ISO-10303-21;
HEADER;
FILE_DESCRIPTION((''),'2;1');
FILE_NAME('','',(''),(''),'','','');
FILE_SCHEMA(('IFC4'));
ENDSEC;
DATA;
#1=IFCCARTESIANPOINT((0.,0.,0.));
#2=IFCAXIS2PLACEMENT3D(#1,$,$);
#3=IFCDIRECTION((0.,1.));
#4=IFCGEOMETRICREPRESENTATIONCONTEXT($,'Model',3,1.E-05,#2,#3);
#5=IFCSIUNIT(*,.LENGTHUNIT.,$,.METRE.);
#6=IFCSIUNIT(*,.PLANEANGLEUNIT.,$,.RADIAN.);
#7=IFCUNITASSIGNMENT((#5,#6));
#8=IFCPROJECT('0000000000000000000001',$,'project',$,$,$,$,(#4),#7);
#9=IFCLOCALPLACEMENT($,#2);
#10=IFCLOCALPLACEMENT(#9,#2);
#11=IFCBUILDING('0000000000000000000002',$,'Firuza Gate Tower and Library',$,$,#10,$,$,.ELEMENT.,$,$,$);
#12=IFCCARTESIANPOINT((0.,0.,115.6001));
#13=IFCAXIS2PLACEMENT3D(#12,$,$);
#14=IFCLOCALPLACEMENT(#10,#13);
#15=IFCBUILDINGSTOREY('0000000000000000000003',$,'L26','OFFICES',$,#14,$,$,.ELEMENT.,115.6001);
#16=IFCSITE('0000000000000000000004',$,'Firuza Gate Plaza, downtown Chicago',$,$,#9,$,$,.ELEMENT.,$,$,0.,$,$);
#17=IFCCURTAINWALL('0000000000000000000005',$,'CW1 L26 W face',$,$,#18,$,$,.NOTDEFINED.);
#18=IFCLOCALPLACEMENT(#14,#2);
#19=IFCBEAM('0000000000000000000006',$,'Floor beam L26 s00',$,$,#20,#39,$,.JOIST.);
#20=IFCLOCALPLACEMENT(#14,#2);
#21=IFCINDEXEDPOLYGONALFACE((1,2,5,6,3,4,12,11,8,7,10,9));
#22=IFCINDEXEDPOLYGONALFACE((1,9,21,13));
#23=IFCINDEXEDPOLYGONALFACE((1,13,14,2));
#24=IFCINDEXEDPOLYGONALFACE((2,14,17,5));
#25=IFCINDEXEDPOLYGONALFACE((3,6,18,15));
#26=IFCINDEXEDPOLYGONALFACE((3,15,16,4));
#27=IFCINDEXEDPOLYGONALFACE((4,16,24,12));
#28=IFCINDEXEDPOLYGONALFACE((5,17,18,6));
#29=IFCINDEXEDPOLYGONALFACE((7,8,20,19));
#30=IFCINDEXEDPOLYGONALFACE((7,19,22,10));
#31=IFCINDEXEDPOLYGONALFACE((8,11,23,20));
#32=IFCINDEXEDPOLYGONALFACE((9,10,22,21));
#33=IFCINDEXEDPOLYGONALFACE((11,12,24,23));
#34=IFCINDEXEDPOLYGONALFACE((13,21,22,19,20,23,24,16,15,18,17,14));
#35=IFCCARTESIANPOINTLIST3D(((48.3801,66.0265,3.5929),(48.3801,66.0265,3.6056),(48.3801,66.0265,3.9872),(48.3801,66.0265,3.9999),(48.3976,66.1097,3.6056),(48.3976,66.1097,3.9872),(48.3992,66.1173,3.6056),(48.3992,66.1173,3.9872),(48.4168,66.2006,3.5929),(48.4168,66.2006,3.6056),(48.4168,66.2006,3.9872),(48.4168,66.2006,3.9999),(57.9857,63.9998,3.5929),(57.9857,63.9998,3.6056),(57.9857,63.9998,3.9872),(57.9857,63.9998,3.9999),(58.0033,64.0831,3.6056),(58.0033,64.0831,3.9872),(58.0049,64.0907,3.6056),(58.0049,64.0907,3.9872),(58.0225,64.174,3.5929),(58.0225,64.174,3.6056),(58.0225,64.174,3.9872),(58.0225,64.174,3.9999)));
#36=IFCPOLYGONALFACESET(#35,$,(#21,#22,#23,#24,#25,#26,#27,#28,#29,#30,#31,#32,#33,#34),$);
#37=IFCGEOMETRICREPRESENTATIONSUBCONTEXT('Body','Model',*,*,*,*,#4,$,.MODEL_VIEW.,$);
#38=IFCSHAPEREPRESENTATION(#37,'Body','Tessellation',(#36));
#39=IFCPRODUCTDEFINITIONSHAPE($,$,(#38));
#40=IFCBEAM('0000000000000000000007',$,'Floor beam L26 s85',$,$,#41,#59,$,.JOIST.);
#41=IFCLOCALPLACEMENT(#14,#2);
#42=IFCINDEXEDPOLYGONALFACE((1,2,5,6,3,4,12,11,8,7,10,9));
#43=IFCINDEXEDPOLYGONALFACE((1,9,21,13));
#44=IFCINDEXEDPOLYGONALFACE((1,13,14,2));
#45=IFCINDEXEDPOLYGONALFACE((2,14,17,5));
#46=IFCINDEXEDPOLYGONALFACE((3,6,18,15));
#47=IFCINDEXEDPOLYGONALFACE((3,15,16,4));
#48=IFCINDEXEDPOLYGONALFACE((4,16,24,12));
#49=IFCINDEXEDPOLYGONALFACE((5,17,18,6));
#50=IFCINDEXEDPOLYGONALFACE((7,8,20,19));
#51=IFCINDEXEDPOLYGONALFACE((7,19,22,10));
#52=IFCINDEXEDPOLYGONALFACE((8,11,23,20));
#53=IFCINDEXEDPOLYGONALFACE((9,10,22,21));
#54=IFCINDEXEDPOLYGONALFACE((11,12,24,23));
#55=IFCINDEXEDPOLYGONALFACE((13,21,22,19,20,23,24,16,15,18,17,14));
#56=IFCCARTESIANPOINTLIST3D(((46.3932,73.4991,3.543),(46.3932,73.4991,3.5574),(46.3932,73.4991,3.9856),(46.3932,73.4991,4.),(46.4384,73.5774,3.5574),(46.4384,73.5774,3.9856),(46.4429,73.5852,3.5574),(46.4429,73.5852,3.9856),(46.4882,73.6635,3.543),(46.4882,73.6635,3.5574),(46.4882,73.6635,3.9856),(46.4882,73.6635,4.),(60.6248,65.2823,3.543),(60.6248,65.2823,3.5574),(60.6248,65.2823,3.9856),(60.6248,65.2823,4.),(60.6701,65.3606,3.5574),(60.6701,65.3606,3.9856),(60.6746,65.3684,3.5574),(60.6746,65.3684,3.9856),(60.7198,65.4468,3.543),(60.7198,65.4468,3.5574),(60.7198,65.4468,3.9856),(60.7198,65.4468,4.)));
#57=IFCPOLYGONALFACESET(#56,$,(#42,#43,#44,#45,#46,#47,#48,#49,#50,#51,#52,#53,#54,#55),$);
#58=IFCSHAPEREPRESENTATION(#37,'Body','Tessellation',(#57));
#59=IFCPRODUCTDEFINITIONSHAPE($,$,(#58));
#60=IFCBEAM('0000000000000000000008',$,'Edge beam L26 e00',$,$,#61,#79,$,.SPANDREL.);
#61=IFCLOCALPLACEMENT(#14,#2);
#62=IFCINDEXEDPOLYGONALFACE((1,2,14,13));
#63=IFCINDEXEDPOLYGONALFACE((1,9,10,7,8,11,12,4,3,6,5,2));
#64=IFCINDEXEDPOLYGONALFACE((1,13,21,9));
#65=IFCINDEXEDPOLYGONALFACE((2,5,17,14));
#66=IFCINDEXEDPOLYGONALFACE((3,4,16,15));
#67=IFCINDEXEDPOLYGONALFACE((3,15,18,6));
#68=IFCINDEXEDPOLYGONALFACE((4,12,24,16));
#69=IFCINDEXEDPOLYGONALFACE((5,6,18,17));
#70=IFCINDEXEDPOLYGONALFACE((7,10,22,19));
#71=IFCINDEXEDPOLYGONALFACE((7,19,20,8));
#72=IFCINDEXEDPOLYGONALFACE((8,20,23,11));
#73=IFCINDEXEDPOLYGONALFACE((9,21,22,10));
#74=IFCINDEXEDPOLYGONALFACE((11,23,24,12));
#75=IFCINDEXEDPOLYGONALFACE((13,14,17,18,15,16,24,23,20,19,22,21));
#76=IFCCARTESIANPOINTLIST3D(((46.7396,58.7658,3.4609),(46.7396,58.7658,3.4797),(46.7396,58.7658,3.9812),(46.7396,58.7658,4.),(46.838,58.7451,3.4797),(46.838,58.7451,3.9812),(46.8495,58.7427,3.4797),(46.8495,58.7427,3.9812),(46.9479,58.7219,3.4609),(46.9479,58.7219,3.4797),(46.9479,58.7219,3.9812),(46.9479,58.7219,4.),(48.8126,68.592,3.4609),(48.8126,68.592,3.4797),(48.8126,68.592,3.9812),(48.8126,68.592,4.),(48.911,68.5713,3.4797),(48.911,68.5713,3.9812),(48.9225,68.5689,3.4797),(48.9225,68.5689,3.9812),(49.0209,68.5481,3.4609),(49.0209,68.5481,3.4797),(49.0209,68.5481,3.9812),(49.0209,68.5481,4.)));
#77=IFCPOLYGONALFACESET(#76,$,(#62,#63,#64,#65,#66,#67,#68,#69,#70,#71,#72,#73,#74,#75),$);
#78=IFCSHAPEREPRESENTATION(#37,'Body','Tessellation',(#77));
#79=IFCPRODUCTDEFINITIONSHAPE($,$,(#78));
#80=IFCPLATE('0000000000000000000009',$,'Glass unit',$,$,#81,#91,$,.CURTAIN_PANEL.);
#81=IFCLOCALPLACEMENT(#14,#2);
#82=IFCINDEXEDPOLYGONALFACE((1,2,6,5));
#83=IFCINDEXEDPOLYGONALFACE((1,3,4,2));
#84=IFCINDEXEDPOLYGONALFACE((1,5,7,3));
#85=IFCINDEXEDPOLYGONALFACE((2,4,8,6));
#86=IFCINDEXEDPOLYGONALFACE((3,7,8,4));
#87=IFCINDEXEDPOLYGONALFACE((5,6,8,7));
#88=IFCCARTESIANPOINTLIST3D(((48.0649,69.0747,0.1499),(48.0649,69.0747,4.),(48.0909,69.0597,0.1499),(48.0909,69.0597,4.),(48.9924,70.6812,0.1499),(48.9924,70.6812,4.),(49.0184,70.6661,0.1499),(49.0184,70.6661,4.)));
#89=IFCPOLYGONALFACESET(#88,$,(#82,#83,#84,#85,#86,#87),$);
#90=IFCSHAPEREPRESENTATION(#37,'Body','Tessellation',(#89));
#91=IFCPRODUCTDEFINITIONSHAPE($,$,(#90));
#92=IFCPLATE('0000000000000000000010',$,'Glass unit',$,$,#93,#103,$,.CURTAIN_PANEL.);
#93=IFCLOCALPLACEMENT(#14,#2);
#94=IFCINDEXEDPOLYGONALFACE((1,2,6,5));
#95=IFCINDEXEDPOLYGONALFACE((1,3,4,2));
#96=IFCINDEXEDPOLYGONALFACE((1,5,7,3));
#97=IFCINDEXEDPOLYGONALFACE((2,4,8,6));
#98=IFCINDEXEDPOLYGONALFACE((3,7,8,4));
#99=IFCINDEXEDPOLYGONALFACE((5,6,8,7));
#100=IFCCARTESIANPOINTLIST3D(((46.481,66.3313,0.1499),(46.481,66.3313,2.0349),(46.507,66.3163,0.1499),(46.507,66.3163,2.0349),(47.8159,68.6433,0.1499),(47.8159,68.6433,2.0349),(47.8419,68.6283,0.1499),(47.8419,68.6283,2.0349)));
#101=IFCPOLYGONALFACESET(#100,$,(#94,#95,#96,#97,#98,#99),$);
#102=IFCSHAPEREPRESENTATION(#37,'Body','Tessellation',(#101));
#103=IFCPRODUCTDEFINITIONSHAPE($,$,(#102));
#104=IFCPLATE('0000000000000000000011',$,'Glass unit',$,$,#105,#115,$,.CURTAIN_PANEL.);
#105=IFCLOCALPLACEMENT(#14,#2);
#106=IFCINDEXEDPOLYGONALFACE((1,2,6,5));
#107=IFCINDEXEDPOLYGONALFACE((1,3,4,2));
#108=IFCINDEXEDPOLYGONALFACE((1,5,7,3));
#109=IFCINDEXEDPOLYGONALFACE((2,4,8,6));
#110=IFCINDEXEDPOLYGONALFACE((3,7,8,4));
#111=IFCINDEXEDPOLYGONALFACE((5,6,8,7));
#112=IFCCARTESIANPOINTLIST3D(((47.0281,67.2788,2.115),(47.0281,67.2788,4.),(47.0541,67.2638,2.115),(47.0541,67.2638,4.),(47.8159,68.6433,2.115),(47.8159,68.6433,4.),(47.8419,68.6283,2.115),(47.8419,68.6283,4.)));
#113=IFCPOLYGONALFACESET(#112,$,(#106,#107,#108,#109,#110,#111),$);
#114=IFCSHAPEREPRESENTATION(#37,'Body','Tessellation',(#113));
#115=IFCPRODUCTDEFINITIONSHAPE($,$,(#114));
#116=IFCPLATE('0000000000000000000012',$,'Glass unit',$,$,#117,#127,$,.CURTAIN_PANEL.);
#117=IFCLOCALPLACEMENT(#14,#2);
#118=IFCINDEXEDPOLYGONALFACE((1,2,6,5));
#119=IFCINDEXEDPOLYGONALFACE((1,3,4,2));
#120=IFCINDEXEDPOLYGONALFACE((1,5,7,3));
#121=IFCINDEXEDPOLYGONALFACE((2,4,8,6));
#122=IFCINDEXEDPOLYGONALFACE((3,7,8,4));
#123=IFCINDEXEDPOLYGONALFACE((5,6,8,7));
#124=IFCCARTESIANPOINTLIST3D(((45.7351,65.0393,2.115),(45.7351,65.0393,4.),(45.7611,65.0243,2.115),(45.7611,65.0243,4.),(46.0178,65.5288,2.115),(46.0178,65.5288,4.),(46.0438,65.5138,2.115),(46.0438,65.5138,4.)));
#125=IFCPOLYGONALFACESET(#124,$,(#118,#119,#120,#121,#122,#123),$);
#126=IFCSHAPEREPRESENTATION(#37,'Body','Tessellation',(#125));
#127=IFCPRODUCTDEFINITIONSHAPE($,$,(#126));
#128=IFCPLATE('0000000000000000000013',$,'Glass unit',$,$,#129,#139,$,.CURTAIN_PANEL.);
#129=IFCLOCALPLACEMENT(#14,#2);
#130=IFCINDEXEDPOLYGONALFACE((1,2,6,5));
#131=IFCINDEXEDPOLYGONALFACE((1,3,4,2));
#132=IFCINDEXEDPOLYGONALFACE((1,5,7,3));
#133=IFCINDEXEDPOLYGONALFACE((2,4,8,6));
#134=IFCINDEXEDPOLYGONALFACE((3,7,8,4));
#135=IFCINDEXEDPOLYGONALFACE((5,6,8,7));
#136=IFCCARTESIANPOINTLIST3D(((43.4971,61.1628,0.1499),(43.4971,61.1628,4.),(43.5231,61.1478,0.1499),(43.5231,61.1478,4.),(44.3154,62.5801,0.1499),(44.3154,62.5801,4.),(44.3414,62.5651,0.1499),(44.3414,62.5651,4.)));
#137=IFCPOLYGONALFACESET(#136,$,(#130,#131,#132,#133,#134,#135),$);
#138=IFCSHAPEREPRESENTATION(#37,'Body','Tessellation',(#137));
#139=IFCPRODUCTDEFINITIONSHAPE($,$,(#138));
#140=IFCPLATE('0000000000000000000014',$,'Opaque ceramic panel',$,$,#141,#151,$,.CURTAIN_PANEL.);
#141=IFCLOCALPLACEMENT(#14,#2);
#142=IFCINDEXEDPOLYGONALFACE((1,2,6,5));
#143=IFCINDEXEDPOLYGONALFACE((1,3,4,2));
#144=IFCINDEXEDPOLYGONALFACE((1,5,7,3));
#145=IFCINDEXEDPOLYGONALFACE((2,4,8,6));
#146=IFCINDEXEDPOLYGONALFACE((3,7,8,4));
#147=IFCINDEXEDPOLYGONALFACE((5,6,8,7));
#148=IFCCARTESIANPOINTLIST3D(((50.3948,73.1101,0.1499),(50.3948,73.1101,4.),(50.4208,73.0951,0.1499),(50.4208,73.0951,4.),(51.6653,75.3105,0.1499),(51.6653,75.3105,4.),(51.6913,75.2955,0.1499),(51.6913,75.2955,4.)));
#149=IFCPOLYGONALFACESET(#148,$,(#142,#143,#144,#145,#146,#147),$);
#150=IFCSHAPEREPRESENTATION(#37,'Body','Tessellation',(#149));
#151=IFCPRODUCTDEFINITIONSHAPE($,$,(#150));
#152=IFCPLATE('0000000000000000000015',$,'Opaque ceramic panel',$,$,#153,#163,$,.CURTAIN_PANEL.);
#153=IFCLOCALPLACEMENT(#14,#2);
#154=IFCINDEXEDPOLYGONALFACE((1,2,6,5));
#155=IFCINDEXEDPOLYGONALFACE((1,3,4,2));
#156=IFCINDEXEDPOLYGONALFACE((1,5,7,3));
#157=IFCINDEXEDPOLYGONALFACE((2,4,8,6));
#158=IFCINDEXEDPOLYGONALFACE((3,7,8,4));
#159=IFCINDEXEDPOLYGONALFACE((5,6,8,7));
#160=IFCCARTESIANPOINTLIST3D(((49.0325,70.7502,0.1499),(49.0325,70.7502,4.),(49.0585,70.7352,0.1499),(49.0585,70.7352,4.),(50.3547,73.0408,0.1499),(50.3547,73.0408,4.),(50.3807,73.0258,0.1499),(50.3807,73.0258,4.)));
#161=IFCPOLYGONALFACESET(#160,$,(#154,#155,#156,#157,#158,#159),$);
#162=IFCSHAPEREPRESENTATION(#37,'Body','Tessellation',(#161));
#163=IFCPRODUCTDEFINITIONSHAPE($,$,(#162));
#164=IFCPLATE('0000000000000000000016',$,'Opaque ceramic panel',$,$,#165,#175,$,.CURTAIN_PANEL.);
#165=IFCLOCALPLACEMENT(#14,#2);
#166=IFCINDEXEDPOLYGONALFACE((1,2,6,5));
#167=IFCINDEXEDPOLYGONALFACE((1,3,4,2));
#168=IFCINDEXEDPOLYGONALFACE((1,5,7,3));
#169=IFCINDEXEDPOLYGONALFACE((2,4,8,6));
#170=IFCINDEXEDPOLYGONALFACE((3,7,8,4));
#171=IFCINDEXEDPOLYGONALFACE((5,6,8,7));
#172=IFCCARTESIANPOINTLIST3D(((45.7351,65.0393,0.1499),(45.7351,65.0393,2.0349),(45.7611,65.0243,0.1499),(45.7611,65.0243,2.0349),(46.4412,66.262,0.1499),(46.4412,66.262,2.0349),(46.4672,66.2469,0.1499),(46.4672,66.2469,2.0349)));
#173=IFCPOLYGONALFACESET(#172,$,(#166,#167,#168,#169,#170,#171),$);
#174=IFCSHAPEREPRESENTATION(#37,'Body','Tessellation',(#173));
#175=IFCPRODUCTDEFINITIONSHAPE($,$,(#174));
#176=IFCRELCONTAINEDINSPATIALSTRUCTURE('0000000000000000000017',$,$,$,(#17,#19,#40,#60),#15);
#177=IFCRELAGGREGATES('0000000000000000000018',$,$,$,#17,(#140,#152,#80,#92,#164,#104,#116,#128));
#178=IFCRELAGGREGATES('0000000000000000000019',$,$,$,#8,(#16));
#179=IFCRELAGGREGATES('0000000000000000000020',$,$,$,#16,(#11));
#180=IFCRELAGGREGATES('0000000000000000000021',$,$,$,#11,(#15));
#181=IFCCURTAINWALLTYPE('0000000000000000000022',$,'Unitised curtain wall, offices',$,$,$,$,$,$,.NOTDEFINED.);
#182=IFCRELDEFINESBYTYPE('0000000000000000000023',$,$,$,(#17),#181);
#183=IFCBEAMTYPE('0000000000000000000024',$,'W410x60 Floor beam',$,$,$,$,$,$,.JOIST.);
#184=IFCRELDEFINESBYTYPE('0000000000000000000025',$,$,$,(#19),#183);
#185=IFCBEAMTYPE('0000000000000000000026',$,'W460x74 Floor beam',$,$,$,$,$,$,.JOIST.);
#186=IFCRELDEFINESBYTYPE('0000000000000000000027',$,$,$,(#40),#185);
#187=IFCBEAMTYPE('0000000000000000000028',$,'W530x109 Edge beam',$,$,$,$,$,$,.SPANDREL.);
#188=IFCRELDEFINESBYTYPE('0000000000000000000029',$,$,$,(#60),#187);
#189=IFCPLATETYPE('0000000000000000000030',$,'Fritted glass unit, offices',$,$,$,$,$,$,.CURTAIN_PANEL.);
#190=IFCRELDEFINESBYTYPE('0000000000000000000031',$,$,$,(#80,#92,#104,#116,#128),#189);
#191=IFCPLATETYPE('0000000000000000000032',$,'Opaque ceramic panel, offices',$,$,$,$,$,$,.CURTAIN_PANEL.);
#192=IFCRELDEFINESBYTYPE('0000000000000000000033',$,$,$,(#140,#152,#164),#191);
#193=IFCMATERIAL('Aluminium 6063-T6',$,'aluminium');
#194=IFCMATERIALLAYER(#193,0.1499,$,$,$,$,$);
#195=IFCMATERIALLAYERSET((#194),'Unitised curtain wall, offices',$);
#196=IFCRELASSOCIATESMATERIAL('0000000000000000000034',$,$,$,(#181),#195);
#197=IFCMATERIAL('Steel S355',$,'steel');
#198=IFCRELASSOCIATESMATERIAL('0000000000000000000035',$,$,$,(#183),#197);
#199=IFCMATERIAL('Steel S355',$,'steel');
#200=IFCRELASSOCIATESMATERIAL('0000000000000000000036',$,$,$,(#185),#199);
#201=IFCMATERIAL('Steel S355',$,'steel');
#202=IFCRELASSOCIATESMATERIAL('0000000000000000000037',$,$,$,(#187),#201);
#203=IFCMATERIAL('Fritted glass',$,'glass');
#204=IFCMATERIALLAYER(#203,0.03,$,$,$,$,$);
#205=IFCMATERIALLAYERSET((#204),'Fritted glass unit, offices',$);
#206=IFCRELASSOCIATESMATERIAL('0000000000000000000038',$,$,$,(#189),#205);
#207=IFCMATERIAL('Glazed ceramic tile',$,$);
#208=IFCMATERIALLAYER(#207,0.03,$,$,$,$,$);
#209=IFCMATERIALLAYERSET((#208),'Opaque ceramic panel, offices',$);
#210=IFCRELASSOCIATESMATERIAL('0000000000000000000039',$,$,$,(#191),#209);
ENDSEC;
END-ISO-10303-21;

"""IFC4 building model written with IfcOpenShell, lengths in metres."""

from ifc_helpers import new_model, si_unit, direction, frame, origin, origin_2d, place, context, subcontext, project, spatial, polyline, i_section, outline, extrude, material, layer, layer_set, material_profile, profile_set, type_object, element, aggregate, save


model = new_model("IFC4")

# Units and contexts
model_context = context("Model", 3, precision=1e-05, world=origin(), true_north=direction((0.0, 1.0)))
body_context = subcontext(model_context, "Body", "Model", "MODEL_VIEW")
ifc_project = project(units=[si_unit("LENGTHUNIT", "METRE"), si_unit("PLANEANGLEUNIT", "RADIAN")], contexts=[model_context])

# Site, building, storey
site_placement = place(None, origin())
site = spatial("IfcSite", under=ifc_project, at=site_placement, Name="Firuza Gate Plaza, downtown Chicago", CompositionType="ELEMENT", RefElevation=0.0)
building_placement = place(site_placement, origin())
building = spatial("IfcBuilding", under=site, at=building_placement, Name="Firuza Gate Tower and Library", CompositionType="ELEMENT")
storey_placement = place(building_placement, frame((0.0, 0.0, 115.6001)))
storey = spatial("IfcBuildingStorey", under=building, at=storey_placement, Name="L26", Description="OFFICES", CompositionType="ELEMENT", Elevation=115.6001)

# Curtain wall
ifc_material_1 = material(Name="Aluminium 6063-T6", Category="aluminium")
ifc_layer_1 = layer(ifc_material_1, 0.1499)
ifc_layer_set_1 = layer_set([ifc_layer_1], Name="Unitised curtain wall, offices")
curtain_wall_type_1 = type_object("IfcCurtainWallType", Name="Unitised curtain wall, offices", PredefinedType="NOTDEFINED", material=ifc_layer_set_1)
placement = place(storey_placement, origin())
curtain_wall_1 = element("IfcCurtainWall", 1, at=placement, inside=storey, type_object=curtain_wall_type_1, Name="CW1 L26 W face", PredefinedType="NOTDEFINED")

# Beams
ifc_material_2 = material(Name="Steel S355", Category="steel")
ifc_material_profile_1 = material_profile(ifc_material_2, i_section(OverallWidth=0.178, OverallDepth=0.407, WebThickness=0.0078, FlangeThickness=0.0127, at=origin_2d()))
ifc_profile_set_1 = profile_set([ifc_material_profile_1], Name="Steel S355")
beam_type_1 = type_object("IfcBeamType", Name="W410x60 Floor beam", PredefinedType="JOIST", material=ifc_profile_set_1)
beam_1_placement = place(storey_placement, frame((48.3984, 66.1135, 3.7964), z_axis=(0.97846, -0.206435, 0.0), x_axis=(0.206435, 0.97846, 0.0)))
element("IfcBeam", 2, at=beam_1_placement, inside=storey, type_object=beam_type_1, Name="Floor beam L26 s00", PredefinedType="JOIST", context=body_context, shape_type="SweptSolid", body=[
    extrude(i_section(OverallWidth=0.178, OverallDepth=0.407, WebThickness=0.0078, FlangeThickness=0.0127, at=origin_2d()), origin(), (0.0, 0.0, 1.0), 9.8171),
])
ifc_material_3 = material(Name="Steel S355", Category="steel")
ifc_material_profile_2 = material_profile(ifc_material_3, i_section(OverallWidth=0.1899, OverallDepth=0.457, WebThickness=0.009, FlangeThickness=0.0144, at=origin_2d()))
ifc_profile_set_2 = profile_set([ifc_material_profile_2], Name="Steel S355")
beam_type_2 = type_object("IfcBeamType", Name="W460x74 Floor beam", PredefinedType="JOIST", material=ifc_profile_set_2)
beam_2_placement = place(storey_placement, frame((46.4407, 73.5813, 3.7715), z_axis=(0.866022, -0.500006, 0.0), x_axis=(0.500006, 0.866022, 0.0)))
element("IfcBeam", 3, at=beam_2_placement, inside=storey, type_object=beam_type_2, Name="Floor beam L26 s85", PredefinedType="JOIST", context=body_context, shape_type="SweptSolid", body=[
    extrude(i_section(OverallWidth=0.1899, OverallDepth=0.457, WebThickness=0.009, FlangeThickness=0.0144, at=origin_2d()), origin(), (0.0, 0.0, 1.0), 16.4333),
])
ifc_material_4 = material(Name="Steel S355", Category="steel")
ifc_material_profile_3 = material_profile(ifc_material_4, i_section(OverallWidth=0.2129, OverallDepth=0.5391, WebThickness=0.0117, FlangeThickness=0.0188, at=origin_2d()))
ifc_profile_set_3 = profile_set([ifc_material_profile_3], Name="Steel S355")
beam_type_3 = type_object("IfcBeamType", Name="W530x109 Edge beam", PredefinedType="SPANDREL", material=ifc_profile_set_3)
beam_3_placement = place(storey_placement, frame((48.9167, 68.5701, 3.7305), z_axis=(-0.206423, -0.978463, 0.0), x_axis=(0.978463, -0.206423, 0.0)))
element("IfcBeam", 4, at=beam_3_placement, inside=storey, type_object=beam_type_3, Name="Edge beam L26 e00", PredefinedType="SPANDREL", context=body_context, shape_type="SweptSolid", body=[
    extrude(i_section(OverallWidth=0.2129, OverallDepth=0.5391, WebThickness=0.0117, FlangeThickness=0.0188, at=origin_2d()), origin(), (0.0, 0.0, 1.0), 10.0425),
])

# Plates
ifc_material_5 = material(Name="Fritted glass", Category="glass")
ifc_layer_2 = layer(ifc_material_5, 0.03)
ifc_layer_set_2 = layer_set([ifc_layer_2], Name="Fritted glass unit, offices")
plate_type_1 = type_object("IfcPlateType", Name="Fritted glass unit, offices", PredefinedType="CURTAIN_PANEL", material=ifc_layer_set_2)
plate_1_placement = place(storey_placement, frame((48.9924, 70.6812, 0.1499), z_axis=(-0.866023, 0.500003, 0.0), x_axis=(-0.500003, -0.866023, 0.0)))
plate_1 = element("IfcPlate", 5, at=plate_1_placement, type_object=plate_type_1, Name="Glass unit", PredefinedType="CURTAIN_PANEL", context=body_context, shape_type="SweptSolid", body=[
    extrude(outline(polyline([(0.0, 0.0), (1.855, 0.0), (1.855, 3.8501), (0.0, 3.8501), (0.0, 0.0)])), origin(), (0.0, 0.0, -1.0), 0.03),
])
plate_2_placement = place(storey_placement, frame((47.8159, 68.6433, 0.1499), z_axis=(-0.866006, 0.500034, 0.0), x_axis=(-0.500034, -0.866006, 0.0)))
plate_2 = element("IfcPlate", 6, at=plate_2_placement, type_object=plate_type_1, Name="Glass unit", PredefinedType="CURTAIN_PANEL", context=body_context, shape_type="SweptSolid", body=[
    extrude(outline(polyline([(0.0, 0.0), (2.6697, 0.0), (2.6697, 1.885), (0.0, 1.885), (0.0, 0.0)])), origin(), (0.0, 0.0, -1.0), 0.03),
])
plate_3_placement = place(storey_placement, frame((47.8159, 68.6433, 2.115), z_axis=(-0.866013, 0.500022, 0.0), x_axis=(-0.500022, -0.866013, 0.0)))
plate_3 = element("IfcPlate", 7, at=plate_3_placement, type_object=plate_type_1, Name="Glass unit", PredefinedType="CURTAIN_PANEL", context=body_context, shape_type="SweptSolid", body=[
    extrude(outline(polyline([(0.0, 0.0), (1.5756, 0.0), (1.5756, 1.885), (0.0, 1.885), (0.0, 0.0)])), origin(), (0.0, 0.0, -1.0), 0.03),
])
plate_4_placement = place(storey_placement, frame((46.0178, 65.5288, 2.115), z_axis=(-0.865948, 0.500134, 0.0), x_axis=(-0.500134, -0.865948, 0.0)))
plate_4 = element("IfcPlate", 8, at=plate_4_placement, type_object=plate_type_1, Name="Glass unit", PredefinedType="CURTAIN_PANEL", context=body_context, shape_type="SweptSolid", body=[
    extrude(outline(polyline([(0.0, 0.0), (0.5653, 0.0), (0.5653, 1.885), (0.0, 1.885), (0.0, 0.0)])), origin(), (0.0, 0.0, -1.0), 0.03),
])
plate_5_placement = place(storey_placement, frame((44.3154, 62.5801, 0.1499), z_axis=(-0.865994, 0.500054, 0.0), x_axis=(-0.500054, -0.865994, 0.0)))
plate_5 = element("IfcPlate", 9, at=plate_5_placement, type_object=plate_type_1, Name="Glass unit", PredefinedType="CURTAIN_PANEL", context=body_context, shape_type="SweptSolid", body=[
    extrude(outline(polyline([(0.0, 0.0), (1.6365, 0.0), (1.6365, 3.8501), (0.0, 3.8501), (0.0, 0.0)])), origin(), (0.0, 0.0, -1.0), 0.03),
])
ifc_material_6 = material(Name="Glazed ceramic tile")
ifc_layer_3 = layer(ifc_material_6, 0.03)
ifc_layer_set_3 = layer_set([ifc_layer_3], Name="Opaque ceramic panel, offices")
plate_type_2 = type_object("IfcPlateType", Name="Opaque ceramic panel, offices", PredefinedType="CURTAIN_PANEL", material=ifc_layer_set_3)
plate_6_placement = place(storey_placement, frame((51.6653, 75.3105, 0.1499), z_axis=(-0.866011, 0.500025, 0.0), x_axis=(-0.500025, -0.866011, 0.0)))
plate_6 = element("IfcPlate", 10, at=plate_6_placement, type_object=plate_type_2, Name="Opaque ceramic panel", PredefinedType="CURTAIN_PANEL", context=body_context, shape_type="SweptSolid", body=[
    extrude(outline(polyline([(0.0, 0.0), (2.5409, 0.0), (2.5409, 3.8501), (0.0, 3.8501), (0.0, 0.0)])), origin(), (0.0, 0.0, -1.0), 0.03),
])
plate_7_placement = place(storey_placement, frame((50.3547, 73.0408, 0.1499), z_axis=(-0.866053, 0.499952, 0.0), x_axis=(-0.499952, -0.866053, 0.0)))
plate_7 = element("IfcPlate", 11, at=plate_7_placement, type_object=plate_type_2, Name="Opaque ceramic panel", PredefinedType="CURTAIN_PANEL", context=body_context, shape_type="SweptSolid", body=[
    extrude(outline(polyline([(0.0, 0.0), (2.6448, 0.0), (2.6448, 3.8501), (0.0, 3.8501), (0.0, 0.0)])), origin(), (0.0, 0.0, -1.0), 0.03),
])
plate_8_placement = place(storey_placement, frame((46.4412, 66.262, 0.1499), z_axis=(-0.865978, 0.500082, 0.0), x_axis=(-0.500082, -0.865978, 0.0)))
plate_8 = element("IfcPlate", 12, at=plate_8_placement, type_object=plate_type_2, Name="Opaque ceramic panel", PredefinedType="CURTAIN_PANEL", context=body_context, shape_type="SweptSolid", body=[
    extrude(outline(polyline([(0.0, 0.0), (1.4119, 0.0), (1.4119, 1.885), (0.0, 1.885), (0.0, 0.0)])), origin(), (0.0, 0.0, -1.0), 0.03),
])
aggregate(curtain_wall_1, [plate_6, plate_7, plate_1, plate_2, plate_8, plate_3, plate_4, plate_5])

save(model, "model.ifc")
